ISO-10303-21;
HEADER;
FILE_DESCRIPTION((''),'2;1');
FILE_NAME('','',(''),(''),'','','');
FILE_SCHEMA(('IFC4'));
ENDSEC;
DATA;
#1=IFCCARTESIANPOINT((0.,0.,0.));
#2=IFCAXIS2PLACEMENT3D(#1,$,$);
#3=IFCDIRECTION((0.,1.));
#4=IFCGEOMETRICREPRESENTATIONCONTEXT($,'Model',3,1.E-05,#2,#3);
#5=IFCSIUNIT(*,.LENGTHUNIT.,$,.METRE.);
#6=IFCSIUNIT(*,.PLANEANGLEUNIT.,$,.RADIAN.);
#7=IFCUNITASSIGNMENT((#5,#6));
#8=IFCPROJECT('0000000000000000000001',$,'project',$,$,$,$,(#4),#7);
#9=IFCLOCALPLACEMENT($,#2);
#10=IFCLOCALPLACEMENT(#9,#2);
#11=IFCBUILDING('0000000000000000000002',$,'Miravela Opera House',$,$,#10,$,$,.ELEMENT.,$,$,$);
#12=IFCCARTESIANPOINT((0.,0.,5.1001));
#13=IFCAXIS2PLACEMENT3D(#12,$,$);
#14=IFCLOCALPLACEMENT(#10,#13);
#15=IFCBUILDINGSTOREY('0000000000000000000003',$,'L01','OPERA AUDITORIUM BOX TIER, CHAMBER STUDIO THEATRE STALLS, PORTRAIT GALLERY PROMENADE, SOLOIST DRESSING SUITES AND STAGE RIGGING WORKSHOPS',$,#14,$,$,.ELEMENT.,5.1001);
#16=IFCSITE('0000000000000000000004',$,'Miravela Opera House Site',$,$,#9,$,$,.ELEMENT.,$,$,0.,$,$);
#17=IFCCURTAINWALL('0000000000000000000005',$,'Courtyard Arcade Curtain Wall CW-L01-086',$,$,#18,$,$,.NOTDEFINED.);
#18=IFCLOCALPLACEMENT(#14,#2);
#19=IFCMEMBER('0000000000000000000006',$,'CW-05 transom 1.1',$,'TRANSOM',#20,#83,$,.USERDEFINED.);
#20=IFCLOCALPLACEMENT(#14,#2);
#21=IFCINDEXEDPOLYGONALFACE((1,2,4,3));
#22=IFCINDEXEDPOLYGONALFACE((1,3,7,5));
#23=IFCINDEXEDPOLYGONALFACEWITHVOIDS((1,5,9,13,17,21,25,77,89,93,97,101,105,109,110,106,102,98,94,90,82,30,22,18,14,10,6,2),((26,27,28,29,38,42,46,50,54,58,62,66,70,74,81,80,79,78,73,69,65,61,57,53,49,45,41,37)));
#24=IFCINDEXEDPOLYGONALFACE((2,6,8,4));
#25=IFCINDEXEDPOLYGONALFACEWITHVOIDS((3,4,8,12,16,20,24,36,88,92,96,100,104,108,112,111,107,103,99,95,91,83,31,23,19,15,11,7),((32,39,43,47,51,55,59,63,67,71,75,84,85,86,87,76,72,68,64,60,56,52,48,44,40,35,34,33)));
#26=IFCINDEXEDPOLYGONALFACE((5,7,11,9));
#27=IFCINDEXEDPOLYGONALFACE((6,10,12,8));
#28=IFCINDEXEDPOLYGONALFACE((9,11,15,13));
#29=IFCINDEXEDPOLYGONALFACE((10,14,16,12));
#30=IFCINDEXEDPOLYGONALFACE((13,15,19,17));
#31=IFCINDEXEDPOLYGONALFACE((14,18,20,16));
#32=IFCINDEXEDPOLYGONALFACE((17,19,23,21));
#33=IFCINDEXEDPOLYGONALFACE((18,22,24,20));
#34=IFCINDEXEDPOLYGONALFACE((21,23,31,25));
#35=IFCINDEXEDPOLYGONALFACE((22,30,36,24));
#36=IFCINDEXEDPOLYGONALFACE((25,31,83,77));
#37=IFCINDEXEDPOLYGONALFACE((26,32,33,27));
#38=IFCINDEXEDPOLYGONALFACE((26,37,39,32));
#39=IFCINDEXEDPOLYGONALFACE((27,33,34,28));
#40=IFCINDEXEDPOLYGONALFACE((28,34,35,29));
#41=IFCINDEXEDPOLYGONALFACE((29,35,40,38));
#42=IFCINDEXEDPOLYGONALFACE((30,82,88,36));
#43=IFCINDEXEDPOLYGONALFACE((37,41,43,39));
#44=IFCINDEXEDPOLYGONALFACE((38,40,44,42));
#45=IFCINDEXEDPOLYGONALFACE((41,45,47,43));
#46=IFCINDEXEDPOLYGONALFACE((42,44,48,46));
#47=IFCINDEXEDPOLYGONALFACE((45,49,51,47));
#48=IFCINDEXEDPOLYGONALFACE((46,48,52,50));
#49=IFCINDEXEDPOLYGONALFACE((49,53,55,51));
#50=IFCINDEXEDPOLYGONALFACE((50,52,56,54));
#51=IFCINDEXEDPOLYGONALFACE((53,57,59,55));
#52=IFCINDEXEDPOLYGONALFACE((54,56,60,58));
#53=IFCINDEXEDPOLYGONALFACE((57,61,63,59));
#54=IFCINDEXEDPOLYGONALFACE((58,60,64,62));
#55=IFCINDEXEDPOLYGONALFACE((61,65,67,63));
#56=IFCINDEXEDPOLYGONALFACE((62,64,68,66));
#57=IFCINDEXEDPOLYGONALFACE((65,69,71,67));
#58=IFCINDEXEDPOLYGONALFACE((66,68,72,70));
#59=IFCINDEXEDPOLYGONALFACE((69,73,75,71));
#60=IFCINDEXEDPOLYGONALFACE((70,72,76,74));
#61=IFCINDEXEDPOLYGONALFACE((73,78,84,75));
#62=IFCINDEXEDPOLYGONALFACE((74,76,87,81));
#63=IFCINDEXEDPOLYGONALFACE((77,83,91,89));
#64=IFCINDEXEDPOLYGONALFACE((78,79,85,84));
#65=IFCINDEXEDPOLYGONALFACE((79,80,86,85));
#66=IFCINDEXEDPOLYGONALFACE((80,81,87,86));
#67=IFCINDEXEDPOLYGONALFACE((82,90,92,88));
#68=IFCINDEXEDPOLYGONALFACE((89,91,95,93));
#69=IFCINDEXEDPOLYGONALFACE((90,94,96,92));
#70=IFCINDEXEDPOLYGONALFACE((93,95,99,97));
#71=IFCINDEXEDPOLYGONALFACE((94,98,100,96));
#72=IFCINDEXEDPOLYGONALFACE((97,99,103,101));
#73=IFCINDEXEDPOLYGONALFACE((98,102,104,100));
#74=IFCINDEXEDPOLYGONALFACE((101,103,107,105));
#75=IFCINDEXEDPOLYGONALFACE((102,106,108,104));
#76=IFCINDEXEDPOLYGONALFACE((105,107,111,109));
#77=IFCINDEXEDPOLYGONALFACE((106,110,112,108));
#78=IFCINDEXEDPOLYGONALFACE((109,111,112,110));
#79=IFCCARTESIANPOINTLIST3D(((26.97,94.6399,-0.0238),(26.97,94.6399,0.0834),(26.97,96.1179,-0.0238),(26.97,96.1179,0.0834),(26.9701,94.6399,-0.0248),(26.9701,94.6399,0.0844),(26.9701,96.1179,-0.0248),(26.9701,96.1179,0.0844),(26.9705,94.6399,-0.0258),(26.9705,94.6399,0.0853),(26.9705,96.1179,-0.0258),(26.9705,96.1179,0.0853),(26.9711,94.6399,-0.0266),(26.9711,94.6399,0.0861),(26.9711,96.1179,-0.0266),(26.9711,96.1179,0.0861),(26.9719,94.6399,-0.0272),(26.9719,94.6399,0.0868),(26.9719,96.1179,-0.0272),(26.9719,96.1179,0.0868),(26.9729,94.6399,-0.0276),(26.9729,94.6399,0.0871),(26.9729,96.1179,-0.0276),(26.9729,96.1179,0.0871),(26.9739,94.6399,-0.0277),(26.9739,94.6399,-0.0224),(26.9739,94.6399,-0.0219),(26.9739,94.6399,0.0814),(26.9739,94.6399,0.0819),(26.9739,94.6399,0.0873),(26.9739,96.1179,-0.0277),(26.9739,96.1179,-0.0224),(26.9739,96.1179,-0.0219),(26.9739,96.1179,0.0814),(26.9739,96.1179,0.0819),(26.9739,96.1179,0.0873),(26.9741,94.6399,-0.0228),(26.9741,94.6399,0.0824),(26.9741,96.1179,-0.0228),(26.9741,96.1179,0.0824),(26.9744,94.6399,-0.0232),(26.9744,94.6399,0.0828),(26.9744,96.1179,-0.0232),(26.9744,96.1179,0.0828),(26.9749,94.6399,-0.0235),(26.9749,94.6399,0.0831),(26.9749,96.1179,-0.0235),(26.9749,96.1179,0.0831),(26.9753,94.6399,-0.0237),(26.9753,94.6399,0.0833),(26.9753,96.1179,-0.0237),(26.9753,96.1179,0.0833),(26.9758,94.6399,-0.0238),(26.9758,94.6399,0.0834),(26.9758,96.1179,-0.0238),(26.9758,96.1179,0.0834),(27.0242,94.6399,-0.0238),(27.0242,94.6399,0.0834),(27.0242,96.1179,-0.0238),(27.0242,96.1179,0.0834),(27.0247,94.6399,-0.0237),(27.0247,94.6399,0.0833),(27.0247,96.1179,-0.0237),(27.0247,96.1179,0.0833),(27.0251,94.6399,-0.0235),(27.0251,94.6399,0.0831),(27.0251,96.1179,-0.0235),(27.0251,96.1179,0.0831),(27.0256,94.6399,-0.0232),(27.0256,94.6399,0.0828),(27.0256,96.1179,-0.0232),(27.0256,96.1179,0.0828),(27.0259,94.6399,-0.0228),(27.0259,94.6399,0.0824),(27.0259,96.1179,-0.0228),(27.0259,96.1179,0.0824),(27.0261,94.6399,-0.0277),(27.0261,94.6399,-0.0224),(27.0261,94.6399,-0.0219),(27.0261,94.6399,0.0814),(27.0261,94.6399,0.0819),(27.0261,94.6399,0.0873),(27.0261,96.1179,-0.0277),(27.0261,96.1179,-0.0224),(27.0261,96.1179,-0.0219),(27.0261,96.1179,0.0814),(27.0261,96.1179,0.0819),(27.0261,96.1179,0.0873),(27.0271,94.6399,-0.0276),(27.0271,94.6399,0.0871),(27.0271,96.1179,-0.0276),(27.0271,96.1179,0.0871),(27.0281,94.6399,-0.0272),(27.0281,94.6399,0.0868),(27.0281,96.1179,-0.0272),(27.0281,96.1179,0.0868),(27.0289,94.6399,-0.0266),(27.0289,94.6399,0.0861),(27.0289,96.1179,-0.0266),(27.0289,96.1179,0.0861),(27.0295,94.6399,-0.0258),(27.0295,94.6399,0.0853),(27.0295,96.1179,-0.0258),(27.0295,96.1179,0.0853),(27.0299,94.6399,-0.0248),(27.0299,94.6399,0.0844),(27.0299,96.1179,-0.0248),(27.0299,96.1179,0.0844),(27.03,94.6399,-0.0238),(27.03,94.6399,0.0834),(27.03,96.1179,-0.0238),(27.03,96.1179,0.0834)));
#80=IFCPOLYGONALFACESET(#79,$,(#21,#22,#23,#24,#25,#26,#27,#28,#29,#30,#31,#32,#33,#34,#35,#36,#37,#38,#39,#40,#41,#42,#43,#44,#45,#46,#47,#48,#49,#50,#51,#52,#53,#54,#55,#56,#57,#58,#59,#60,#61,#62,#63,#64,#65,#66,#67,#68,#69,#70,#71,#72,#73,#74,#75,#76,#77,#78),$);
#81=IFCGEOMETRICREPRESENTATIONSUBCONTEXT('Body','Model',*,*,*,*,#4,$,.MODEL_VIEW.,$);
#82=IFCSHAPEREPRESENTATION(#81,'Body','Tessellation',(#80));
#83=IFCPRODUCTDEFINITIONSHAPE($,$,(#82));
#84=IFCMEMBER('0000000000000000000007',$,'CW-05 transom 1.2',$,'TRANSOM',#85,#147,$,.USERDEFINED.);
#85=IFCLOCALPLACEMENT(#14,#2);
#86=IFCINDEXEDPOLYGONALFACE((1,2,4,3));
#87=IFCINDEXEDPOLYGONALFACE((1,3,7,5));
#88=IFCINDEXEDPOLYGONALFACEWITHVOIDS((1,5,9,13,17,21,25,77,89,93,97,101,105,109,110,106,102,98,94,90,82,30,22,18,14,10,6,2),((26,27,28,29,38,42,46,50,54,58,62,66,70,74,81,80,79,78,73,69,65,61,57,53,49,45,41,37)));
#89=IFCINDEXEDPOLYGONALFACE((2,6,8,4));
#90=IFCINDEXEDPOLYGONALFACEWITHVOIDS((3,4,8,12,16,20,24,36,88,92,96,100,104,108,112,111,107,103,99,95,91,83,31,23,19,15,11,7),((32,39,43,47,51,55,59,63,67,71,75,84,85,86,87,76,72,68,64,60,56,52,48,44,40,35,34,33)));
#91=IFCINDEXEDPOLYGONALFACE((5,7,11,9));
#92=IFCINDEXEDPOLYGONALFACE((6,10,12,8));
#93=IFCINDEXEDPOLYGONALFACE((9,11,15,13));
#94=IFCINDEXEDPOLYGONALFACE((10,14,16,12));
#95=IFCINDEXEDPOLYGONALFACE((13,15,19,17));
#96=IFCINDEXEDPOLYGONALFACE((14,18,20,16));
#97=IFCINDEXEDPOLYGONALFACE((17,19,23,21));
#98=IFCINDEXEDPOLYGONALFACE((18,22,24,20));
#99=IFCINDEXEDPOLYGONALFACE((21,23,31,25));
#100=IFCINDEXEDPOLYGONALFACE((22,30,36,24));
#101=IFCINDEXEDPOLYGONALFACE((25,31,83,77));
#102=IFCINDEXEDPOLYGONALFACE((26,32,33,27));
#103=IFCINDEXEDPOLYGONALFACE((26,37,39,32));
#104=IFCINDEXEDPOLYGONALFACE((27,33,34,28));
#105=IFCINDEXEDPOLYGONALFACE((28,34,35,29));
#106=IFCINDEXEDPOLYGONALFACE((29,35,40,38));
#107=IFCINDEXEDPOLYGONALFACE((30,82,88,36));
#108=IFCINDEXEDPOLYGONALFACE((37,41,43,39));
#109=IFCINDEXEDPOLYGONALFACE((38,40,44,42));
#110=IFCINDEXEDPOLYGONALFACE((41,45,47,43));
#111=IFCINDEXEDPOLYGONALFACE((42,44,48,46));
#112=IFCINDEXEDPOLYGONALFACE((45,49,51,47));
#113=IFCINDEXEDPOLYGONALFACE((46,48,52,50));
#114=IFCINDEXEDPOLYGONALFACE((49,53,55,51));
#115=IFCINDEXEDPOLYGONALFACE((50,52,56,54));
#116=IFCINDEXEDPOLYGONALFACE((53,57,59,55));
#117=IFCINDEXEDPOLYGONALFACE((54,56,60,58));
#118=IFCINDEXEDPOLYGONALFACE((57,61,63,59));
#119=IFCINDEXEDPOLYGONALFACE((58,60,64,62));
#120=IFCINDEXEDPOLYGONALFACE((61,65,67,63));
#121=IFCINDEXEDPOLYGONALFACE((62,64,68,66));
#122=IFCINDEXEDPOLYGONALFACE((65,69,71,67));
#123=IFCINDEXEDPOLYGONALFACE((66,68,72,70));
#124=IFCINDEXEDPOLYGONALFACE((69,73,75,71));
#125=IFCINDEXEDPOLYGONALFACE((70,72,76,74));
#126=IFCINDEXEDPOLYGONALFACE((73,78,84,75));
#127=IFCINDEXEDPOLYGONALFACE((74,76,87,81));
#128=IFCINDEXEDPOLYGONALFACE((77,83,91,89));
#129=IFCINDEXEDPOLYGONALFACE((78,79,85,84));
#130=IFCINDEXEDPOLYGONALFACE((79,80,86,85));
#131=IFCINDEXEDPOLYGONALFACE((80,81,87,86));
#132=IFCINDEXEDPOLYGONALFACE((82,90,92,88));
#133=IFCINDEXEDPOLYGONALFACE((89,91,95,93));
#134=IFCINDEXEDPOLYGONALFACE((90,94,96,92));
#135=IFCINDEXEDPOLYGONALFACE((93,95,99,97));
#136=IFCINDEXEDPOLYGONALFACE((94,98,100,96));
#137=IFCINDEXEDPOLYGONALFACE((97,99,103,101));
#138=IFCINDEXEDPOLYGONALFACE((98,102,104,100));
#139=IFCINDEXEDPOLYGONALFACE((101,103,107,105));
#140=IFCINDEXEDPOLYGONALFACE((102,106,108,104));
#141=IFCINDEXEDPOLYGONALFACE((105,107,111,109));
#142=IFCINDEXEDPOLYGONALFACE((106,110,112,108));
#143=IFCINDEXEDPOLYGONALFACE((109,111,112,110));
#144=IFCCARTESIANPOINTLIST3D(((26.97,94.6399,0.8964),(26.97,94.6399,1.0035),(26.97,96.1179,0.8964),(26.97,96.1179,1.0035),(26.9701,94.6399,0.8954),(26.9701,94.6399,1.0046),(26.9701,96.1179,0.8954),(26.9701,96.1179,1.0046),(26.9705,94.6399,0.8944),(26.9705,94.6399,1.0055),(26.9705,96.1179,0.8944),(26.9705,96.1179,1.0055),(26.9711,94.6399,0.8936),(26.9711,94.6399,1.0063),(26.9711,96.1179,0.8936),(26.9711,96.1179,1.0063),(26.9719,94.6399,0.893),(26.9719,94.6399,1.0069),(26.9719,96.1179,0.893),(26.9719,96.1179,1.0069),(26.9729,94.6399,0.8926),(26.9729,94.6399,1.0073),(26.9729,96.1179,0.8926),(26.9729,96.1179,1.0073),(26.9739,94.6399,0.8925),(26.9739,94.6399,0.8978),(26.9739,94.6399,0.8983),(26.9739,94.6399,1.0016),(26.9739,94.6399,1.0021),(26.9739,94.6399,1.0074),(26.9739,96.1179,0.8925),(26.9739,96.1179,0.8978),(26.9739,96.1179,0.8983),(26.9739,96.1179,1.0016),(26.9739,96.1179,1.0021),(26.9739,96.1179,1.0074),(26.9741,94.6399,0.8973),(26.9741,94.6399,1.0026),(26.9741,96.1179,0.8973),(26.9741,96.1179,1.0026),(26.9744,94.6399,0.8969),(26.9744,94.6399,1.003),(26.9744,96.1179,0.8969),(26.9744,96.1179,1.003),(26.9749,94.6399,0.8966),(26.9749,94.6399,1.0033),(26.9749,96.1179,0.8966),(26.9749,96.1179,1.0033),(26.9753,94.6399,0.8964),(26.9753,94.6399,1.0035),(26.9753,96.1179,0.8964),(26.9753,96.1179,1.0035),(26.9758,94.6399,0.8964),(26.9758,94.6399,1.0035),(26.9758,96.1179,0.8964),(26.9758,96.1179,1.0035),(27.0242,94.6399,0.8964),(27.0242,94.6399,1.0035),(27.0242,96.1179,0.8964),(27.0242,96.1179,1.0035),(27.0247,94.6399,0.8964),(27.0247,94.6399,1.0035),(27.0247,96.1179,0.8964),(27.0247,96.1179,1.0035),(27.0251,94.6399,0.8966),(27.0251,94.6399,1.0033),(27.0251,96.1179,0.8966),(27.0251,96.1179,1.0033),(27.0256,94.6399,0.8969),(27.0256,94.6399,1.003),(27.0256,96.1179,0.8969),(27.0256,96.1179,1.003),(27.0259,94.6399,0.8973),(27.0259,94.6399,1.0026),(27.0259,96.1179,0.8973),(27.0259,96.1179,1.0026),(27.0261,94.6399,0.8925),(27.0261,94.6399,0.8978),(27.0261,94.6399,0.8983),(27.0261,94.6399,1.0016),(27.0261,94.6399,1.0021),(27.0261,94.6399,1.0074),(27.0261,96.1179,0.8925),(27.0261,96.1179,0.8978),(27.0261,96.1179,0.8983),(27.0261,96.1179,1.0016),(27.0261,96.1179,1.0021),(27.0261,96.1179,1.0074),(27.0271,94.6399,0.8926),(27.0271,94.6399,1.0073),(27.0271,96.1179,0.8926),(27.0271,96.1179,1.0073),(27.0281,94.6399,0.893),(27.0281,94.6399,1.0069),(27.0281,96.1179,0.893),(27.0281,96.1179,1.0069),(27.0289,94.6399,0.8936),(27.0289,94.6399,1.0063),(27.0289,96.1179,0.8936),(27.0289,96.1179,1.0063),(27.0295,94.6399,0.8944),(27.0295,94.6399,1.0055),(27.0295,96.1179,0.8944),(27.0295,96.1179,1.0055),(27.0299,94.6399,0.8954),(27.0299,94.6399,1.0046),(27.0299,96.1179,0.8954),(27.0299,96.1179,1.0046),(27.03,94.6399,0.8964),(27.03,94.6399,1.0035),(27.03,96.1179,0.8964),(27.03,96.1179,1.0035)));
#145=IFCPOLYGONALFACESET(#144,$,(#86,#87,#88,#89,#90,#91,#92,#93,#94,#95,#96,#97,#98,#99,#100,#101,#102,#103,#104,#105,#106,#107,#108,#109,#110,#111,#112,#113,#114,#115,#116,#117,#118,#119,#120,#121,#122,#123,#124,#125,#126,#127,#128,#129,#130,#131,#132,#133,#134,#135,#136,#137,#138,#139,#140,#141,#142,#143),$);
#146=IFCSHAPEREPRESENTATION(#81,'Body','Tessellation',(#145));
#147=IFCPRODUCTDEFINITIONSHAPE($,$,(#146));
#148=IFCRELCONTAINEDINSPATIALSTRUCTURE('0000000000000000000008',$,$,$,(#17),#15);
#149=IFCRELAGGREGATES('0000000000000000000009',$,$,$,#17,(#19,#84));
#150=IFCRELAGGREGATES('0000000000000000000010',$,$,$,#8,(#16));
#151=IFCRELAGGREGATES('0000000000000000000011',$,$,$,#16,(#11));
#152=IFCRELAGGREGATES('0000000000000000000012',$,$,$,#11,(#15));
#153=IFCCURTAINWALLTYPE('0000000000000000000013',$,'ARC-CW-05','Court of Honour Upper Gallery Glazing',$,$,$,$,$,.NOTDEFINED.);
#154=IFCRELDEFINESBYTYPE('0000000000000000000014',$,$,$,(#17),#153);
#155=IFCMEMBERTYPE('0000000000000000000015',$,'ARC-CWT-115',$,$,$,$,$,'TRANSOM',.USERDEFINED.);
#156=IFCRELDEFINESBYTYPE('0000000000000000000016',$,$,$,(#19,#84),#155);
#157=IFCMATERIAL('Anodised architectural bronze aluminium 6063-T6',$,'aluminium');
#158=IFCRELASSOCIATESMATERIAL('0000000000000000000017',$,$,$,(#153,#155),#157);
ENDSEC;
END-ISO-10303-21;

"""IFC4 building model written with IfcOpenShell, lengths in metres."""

from ifc_helpers import new_model, si_unit, direction, frame, origin, origin_2d, place, context, subcontext, project, spatial, hollow_rectangle, extrude, material, material_profile, profile_set, type_object, element, aggregate, save


model = new_model("IFC4")

# Units and contexts
model_context = context("Model", 3, precision=1e-05, world=origin(), true_north=direction((0.0, 1.0)))
body_context = subcontext(model_context, "Body", "Model", "MODEL_VIEW")
ifc_project = project(units=[si_unit("LENGTHUNIT", "METRE"), si_unit("PLANEANGLEUNIT", "RADIAN")], contexts=[model_context])

# Site, building, storey
site_placement = place(None, origin())
site = spatial("IfcSite", under=ifc_project, at=site_placement, Name="Miravela Opera House Site", CompositionType="ELEMENT", RefElevation=0.0)
building_placement = place(site_placement, origin())
building = spatial("IfcBuilding", under=site, at=building_placement, Name="Miravela Opera House", CompositionType="ELEMENT")
storey_placement = place(building_placement, frame((0.0, 0.0, 5.1001)))
storey = spatial("IfcBuildingStorey", under=building, at=storey_placement, Name="L01", Description="OPERA AUDITORIUM BOX TIER, CHAMBER STUDIO THEATRE STALLS, PORTRAIT GALLERY PROMENADE, SOLOIST DRESSING SUITES AND STAGE RIGGING WORKSHOPS", CompositionType="ELEMENT", Elevation=5.1001)

# Shared definitions
ifc_material_1 = material(Name="Anodised architectural bronze aluminium 6063-T6", Category="aluminium")
curtain_wall_type = type_object("IfcCurtainWallType", Name="ARC-CW-05", Description="Court of Honour Upper Gallery Glazing", PredefinedType="NOTDEFINED", material=ifc_material_1)

# Curtain wall, members
curtain_wall_1_placement = place(storey_placement, origin())
curtain_wall_1 = element("IfcCurtainWall", 1, at=curtain_wall_1_placement, inside=storey, type_object=curtain_wall_type, Name="Courtyard Arcade Curtain Wall CW-L01-086", PredefinedType="NOTDEFINED")
ifc_material_profile_1 = material_profile(ifc_material_1, hollow_rectangle(XDim=0.0601, YDim=0.115, WallThickness=0.0039, InnerFilletRadius=0.002, OuterFilletRadius=0.0039, at=origin_2d()), Name="CWT-60X115")
ifc_profile_set_1 = profile_set([ifc_material_profile_1])
member_type_1 = type_object("IfcMemberType", Name="ARC-CWT-115", ElementType="TRANSOM", PredefinedType="USERDEFINED", material=ifc_profile_set_1)
member_1_placement = place(storey_placement, frame((27.0, 94.6399, 0.0298), z_axis=(0.0, 1.0, 0.0), x_axis=(-1.0, 0.0, 0.0)))
member_1 = element("IfcMember", 2, at=member_1_placement, type_object=member_type_1, Name="CW-05 transom 1.1", ObjectType="TRANSOM", PredefinedType="USERDEFINED", context=body_context, shape_type="SweptSolid", body=[
    extrude(hollow_rectangle(XDim=0.0601, YDim=0.115, WallThickness=0.0039, InnerFilletRadius=0.002, OuterFilletRadius=0.0039, at=origin_2d()), origin(), (0.0, 0.0, 1.0), 1.478),
])
member_2_placement = place(storey_placement, frame((27.0, 94.6399, 0.95), z_axis=(0.0, 1.0, 0.0), x_axis=(-1.0, 0.0, 0.0)))
member_2 = element("IfcMember", 3, at=member_2_placement, type_object=member_type_1, Name="CW-05 transom 1.2", ObjectType="TRANSOM", PredefinedType="USERDEFINED", context=body_context, shape_type="SweptSolid", body=[
    extrude(hollow_rectangle(XDim=0.0601, YDim=0.115, WallThickness=0.0039, InnerFilletRadius=0.002, OuterFilletRadius=0.0039, at=origin_2d()), origin(), (0.0, 0.0, 1.0), 1.478),
])

aggregate(curtain_wall_1, [member_1, member_2])

save(model, "model.ifc")
